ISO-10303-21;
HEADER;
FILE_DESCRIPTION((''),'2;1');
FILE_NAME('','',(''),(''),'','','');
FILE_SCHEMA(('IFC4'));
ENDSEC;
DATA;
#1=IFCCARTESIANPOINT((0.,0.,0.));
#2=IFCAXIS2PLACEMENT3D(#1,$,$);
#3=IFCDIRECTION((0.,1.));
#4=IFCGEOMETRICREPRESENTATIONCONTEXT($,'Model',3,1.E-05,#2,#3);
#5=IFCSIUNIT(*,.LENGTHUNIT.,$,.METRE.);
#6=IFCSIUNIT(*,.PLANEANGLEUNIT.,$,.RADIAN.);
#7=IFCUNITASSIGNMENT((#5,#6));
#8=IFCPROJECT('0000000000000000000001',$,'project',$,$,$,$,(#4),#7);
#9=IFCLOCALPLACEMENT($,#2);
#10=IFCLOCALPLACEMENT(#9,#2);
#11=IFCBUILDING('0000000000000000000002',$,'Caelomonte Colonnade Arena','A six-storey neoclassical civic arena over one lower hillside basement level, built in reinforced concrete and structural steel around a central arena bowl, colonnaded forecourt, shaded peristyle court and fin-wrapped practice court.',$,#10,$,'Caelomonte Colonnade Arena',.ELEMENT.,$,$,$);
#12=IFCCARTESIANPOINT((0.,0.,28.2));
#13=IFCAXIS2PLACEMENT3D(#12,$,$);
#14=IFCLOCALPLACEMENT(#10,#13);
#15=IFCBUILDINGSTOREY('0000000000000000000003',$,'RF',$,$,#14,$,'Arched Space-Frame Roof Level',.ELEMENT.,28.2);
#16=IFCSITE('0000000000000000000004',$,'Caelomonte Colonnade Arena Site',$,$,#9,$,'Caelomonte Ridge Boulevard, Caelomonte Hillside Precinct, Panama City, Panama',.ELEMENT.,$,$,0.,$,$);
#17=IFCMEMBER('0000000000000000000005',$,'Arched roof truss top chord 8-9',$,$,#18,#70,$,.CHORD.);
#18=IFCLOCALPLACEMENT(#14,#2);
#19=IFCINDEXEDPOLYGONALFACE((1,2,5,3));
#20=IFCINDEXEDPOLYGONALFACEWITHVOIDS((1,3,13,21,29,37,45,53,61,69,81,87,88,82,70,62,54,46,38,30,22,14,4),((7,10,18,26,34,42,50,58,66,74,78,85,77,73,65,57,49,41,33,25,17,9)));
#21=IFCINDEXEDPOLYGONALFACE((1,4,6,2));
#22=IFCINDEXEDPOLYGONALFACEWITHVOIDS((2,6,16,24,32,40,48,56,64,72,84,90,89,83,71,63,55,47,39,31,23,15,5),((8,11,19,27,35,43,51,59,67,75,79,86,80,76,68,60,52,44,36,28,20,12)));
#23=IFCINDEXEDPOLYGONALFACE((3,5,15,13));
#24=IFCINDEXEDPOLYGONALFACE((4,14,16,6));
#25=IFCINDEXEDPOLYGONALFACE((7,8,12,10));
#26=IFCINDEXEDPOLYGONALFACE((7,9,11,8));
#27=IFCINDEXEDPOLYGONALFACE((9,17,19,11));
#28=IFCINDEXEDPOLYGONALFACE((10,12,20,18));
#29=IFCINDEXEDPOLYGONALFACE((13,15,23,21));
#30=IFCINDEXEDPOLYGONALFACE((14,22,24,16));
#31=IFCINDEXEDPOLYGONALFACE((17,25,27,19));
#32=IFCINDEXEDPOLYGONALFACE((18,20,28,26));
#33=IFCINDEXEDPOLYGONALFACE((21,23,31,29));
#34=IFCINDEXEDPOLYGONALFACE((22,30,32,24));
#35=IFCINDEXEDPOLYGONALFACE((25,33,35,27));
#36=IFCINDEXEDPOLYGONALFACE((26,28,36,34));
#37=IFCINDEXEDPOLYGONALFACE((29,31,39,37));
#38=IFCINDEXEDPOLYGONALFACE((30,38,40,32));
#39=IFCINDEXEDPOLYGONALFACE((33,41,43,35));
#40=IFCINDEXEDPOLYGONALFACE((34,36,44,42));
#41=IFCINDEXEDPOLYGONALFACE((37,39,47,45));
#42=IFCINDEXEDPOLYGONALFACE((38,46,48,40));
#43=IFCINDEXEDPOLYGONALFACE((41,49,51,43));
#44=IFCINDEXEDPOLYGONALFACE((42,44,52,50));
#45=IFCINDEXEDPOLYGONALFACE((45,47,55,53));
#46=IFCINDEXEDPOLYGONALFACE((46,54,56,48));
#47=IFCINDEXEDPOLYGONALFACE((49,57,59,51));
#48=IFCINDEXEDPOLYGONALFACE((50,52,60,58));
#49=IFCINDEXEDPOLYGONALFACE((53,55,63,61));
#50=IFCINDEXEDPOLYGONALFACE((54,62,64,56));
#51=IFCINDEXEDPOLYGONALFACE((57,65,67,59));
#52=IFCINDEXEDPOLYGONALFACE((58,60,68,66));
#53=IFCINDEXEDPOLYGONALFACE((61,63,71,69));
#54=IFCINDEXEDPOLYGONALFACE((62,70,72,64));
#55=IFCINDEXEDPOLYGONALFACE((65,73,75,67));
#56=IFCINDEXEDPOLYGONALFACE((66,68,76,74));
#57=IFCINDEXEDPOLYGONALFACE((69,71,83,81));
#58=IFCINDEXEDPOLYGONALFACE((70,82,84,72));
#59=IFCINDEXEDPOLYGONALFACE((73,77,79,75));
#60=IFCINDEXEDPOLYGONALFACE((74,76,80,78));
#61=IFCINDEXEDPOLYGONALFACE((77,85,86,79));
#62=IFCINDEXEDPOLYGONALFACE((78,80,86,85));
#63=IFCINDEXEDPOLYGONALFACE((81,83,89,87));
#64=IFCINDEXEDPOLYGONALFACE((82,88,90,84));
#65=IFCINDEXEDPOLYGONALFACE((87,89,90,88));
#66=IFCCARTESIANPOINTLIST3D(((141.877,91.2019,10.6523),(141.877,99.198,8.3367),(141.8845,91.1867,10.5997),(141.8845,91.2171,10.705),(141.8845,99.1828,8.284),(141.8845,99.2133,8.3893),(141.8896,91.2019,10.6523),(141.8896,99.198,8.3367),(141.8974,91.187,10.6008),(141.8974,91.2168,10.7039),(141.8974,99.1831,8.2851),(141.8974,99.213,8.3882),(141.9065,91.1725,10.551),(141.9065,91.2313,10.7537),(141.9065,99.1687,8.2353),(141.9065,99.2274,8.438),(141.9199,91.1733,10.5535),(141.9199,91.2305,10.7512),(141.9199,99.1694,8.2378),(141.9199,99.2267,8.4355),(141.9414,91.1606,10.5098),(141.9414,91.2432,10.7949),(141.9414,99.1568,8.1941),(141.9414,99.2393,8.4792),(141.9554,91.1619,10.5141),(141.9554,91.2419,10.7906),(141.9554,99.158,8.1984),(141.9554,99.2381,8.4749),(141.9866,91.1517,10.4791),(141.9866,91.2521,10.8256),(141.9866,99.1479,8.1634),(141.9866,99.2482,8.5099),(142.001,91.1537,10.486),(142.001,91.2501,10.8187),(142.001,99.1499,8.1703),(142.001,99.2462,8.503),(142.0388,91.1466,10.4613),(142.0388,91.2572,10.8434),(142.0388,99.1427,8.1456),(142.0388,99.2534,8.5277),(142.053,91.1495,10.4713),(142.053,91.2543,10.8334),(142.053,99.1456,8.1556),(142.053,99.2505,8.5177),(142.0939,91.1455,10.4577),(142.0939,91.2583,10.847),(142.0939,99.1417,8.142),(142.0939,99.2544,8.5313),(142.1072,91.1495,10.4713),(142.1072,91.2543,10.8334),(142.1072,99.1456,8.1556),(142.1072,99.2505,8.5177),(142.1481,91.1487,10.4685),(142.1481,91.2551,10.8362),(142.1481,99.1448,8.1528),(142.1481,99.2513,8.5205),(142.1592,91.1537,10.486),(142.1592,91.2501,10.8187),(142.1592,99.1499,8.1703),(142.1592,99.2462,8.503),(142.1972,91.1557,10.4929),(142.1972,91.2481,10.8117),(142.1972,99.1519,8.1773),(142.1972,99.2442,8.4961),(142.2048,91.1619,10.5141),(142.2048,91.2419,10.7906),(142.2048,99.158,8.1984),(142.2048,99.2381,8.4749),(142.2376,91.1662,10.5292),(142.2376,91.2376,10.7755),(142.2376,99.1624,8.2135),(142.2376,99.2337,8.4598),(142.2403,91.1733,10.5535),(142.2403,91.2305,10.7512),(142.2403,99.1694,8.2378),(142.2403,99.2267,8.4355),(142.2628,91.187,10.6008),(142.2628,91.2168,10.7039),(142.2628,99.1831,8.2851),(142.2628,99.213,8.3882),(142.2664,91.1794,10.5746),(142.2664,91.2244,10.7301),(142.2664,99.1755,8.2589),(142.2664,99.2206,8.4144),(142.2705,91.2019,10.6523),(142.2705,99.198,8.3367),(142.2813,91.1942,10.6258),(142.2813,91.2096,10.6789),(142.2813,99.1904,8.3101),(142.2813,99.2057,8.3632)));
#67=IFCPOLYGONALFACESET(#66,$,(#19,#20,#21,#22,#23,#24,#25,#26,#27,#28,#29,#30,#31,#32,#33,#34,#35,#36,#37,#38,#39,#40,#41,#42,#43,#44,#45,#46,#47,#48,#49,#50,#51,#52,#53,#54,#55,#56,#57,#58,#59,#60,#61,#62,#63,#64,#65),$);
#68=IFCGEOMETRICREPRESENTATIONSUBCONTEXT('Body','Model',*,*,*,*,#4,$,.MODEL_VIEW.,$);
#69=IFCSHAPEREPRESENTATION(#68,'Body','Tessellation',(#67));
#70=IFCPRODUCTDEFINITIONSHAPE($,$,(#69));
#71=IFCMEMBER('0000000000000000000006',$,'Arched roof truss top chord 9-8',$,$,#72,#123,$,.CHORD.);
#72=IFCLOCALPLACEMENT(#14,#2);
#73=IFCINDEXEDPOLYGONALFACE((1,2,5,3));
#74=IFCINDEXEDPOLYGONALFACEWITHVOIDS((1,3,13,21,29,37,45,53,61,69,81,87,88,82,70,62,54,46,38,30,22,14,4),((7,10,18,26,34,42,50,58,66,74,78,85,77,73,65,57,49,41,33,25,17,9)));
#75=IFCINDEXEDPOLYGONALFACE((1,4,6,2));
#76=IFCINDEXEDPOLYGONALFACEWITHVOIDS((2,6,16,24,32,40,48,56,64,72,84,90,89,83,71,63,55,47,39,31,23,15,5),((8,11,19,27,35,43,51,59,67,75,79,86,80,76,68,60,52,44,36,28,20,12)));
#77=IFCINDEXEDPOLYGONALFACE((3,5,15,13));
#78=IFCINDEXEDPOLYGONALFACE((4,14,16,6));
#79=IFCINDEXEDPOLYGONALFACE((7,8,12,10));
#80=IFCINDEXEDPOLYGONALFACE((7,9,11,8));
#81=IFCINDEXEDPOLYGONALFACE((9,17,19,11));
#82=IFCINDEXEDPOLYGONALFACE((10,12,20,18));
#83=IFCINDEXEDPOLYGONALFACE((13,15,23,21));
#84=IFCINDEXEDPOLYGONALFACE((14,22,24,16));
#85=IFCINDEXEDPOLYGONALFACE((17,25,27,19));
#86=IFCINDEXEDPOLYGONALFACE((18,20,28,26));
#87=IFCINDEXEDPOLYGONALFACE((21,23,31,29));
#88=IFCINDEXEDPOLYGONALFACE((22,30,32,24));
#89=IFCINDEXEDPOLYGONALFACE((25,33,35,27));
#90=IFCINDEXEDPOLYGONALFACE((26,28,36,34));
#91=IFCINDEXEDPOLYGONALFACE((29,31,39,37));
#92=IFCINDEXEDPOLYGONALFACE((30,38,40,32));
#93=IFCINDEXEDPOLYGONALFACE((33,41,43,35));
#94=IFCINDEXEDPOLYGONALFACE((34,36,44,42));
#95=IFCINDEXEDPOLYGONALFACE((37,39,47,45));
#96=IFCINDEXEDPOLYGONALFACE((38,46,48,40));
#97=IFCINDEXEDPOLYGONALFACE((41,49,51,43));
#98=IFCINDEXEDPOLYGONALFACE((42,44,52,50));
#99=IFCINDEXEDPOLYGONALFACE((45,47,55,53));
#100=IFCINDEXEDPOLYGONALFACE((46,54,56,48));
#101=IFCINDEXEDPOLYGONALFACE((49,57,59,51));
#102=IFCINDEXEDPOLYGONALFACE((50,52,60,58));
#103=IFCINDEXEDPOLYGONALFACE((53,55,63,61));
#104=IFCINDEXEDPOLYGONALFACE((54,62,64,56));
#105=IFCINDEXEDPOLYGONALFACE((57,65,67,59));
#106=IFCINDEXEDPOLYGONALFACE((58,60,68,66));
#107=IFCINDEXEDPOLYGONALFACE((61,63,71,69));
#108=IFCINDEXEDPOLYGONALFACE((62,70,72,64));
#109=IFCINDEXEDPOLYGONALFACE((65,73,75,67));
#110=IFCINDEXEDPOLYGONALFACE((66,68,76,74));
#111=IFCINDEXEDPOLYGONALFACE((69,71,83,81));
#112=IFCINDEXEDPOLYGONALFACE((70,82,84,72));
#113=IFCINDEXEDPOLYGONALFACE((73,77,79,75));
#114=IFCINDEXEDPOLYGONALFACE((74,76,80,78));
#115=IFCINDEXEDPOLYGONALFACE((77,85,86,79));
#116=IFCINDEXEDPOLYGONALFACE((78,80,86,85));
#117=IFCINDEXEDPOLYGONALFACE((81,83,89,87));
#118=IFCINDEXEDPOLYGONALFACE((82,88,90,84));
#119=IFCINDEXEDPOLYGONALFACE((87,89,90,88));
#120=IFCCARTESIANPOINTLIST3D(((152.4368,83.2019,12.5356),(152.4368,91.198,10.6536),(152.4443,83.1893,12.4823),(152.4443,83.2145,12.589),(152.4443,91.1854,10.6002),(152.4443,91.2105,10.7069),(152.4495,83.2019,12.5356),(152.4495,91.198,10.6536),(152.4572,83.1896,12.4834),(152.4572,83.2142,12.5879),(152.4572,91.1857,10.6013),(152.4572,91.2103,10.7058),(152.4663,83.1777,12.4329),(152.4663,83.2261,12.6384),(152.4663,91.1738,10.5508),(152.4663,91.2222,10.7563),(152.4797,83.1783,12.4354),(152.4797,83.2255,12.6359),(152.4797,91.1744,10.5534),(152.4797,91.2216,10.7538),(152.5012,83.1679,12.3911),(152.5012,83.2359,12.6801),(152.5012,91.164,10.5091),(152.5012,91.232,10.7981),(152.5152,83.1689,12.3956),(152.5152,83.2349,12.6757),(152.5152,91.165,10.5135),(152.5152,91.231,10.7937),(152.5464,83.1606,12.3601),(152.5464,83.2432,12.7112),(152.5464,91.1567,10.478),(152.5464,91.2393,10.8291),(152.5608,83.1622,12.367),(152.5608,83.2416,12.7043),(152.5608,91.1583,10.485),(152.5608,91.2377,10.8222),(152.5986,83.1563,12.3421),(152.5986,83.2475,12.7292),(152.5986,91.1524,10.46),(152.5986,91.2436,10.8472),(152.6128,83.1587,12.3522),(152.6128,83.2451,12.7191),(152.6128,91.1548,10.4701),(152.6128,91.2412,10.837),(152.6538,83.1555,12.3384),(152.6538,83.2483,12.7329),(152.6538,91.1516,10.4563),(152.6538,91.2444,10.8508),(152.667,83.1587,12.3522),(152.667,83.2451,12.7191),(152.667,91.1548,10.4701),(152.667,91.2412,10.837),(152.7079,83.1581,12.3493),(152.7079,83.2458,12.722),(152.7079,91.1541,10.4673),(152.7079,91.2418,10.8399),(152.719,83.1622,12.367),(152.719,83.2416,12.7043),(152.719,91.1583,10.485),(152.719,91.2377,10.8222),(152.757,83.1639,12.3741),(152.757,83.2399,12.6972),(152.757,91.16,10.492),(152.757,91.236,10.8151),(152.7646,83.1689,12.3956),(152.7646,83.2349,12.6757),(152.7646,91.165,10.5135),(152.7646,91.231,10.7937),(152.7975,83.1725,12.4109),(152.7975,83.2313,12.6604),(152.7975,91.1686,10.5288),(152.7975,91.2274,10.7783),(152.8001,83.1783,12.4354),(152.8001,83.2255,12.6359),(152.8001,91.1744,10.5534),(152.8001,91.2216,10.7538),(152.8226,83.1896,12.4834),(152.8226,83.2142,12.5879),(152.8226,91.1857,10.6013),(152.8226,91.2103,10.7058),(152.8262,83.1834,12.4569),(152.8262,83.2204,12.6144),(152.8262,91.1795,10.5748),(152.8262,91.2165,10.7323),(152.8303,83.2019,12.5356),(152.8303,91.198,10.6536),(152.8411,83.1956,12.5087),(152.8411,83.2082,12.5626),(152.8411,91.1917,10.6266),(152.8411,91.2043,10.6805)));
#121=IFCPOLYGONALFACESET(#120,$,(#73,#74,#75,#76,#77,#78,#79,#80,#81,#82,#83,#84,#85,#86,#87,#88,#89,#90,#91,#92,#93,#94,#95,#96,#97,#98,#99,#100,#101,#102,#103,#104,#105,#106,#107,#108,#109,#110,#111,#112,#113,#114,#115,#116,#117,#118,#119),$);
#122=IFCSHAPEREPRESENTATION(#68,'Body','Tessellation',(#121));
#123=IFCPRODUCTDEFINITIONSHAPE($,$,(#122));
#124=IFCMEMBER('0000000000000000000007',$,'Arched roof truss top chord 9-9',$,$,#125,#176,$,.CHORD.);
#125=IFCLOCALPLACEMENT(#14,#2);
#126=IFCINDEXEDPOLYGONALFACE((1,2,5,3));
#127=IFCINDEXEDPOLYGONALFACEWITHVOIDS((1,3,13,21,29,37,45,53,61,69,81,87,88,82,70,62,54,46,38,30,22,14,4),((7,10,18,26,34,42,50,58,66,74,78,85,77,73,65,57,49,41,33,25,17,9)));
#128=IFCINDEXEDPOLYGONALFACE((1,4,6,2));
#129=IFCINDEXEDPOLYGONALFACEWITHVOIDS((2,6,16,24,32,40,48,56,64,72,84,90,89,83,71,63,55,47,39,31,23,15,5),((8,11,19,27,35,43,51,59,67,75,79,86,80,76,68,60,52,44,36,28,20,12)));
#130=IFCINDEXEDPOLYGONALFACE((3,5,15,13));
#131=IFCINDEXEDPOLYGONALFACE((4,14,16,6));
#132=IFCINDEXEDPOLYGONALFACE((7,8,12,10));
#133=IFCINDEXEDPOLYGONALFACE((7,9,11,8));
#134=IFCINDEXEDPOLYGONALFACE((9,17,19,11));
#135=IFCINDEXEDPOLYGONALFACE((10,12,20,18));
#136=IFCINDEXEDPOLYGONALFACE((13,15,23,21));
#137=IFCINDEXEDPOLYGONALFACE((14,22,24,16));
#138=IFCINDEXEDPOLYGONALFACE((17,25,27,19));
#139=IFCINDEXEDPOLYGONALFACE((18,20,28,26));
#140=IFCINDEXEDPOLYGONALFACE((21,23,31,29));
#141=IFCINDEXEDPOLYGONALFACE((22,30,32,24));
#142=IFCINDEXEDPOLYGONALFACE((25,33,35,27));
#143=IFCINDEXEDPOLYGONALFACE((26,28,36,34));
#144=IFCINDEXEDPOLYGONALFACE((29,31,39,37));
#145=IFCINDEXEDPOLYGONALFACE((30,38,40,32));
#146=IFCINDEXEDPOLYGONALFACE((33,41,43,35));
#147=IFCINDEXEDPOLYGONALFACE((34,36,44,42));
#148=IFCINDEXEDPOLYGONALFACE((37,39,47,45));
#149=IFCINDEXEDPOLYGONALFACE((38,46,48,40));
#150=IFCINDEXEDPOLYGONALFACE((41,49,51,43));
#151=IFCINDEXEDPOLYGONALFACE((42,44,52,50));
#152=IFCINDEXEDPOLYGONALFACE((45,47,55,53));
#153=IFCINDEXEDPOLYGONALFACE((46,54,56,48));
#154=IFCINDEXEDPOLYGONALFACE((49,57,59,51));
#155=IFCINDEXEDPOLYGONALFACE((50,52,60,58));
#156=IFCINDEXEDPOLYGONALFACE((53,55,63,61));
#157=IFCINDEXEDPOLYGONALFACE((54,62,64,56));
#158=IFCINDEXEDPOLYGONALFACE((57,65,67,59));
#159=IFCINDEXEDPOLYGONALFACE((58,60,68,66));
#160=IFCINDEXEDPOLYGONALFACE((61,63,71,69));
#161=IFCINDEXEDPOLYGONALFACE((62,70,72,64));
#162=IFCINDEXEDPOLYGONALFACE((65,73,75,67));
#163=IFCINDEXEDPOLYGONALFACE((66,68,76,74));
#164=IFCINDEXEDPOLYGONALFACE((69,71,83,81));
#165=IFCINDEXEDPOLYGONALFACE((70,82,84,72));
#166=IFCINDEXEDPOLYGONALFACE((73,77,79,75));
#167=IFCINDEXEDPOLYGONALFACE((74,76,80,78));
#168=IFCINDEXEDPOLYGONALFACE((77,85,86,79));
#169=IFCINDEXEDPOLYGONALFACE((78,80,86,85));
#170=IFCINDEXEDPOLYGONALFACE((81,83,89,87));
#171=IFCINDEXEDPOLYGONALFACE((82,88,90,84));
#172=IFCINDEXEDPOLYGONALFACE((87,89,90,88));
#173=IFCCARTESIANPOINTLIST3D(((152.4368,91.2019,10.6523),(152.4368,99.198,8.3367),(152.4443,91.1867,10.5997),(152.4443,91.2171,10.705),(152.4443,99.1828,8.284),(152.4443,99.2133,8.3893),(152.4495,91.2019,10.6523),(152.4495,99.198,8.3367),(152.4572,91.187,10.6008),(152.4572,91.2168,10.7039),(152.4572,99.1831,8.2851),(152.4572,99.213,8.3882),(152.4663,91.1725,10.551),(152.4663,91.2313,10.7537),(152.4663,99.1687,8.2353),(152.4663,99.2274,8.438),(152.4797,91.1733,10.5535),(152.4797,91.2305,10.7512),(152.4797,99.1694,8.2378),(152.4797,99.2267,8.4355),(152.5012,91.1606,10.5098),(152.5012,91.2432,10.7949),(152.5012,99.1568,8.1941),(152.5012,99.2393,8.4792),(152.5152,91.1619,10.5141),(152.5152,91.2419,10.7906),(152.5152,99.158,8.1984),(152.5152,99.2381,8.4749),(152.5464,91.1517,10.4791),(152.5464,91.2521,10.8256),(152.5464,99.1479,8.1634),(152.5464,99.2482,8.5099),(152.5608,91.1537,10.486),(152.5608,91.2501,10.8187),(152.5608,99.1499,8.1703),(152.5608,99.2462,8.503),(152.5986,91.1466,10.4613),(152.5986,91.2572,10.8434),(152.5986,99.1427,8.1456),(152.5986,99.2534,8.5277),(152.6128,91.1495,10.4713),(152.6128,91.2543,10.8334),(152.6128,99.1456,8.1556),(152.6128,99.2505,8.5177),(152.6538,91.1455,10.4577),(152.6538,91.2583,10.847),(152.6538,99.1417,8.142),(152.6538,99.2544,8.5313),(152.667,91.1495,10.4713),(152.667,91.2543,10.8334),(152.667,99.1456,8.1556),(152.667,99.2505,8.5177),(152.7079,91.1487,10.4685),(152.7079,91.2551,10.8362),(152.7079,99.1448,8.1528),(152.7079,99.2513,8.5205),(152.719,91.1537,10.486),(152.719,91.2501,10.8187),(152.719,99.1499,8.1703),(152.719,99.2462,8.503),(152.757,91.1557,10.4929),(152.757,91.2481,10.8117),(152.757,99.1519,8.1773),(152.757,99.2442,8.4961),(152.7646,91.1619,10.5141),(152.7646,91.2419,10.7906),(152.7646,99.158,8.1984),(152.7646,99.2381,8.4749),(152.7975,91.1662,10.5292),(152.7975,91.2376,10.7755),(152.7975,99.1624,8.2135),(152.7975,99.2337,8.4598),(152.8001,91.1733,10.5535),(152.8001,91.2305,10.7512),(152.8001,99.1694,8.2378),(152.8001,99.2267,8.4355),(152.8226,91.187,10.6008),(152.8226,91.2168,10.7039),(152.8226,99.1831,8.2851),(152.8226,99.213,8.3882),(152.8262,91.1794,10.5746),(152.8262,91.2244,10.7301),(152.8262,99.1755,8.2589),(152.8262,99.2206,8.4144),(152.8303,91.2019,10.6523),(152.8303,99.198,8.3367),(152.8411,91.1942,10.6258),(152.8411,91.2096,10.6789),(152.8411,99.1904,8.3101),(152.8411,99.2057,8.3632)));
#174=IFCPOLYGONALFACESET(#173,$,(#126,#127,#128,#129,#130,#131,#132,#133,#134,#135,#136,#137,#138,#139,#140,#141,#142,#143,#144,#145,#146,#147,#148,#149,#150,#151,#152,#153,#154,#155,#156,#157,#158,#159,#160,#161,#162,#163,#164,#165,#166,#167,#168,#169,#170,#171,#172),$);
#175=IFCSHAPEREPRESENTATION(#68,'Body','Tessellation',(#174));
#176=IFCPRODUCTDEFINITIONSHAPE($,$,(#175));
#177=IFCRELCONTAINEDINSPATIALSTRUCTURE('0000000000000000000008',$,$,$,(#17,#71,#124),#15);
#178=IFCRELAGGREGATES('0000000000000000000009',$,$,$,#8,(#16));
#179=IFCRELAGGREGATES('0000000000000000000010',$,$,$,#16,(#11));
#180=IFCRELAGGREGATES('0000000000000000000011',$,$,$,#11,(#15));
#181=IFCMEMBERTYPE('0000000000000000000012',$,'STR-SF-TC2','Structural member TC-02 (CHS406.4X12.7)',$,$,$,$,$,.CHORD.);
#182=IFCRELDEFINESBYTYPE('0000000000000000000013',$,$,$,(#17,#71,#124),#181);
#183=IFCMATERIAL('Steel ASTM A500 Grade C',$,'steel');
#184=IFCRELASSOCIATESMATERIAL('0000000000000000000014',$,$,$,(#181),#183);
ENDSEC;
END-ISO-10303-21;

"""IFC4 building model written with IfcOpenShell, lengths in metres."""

from ifc_helpers import new_model, si_unit, direction, frame, origin, origin_2d, place, context, subcontext, project, spatial, hollow_circle, extrude, material, material_profile, profile_set, type_object, element, save


model = new_model("IFC4")

# Units and contexts
model_context = context("Model", 3, precision=1e-05, world=origin(), true_north=direction((0.0, 1.0)))
body_context = subcontext(model_context, "Body", "Model", "MODEL_VIEW")
ifc_project = project(units=[si_unit("LENGTHUNIT", "METRE"), si_unit("PLANEANGLEUNIT", "RADIAN")], contexts=[model_context])

# Site, building, storey
site_placement = place(None, origin())
site = spatial("IfcSite", under=ifc_project, at=site_placement, Name="Caelomonte Colonnade Arena Site", LongName="Caelomonte Ridge Boulevard, Caelomonte Hillside Precinct, Panama City, Panama", CompositionType="ELEMENT", RefElevation=0.0)
building_placement = place(site_placement, origin())
building = spatial("IfcBuilding", under=site, at=building_placement, Name="Caelomonte Colonnade Arena", Description="A six-storey neoclassical civic arena over one lower hillside basement level, built in reinforced concrete and structural steel around a central arena bowl, colonnaded forecourt, shaded peristyle court and fin-wrapped practice court.", LongName="Caelomonte Colonnade Arena", CompositionType="ELEMENT")
storey_placement = place(building_placement, frame((0.0, 0.0, 28.2)))
storey = spatial("IfcBuildingStorey", under=building, at=storey_placement, Name="RF", LongName="Arched Space-Frame Roof Level", CompositionType="ELEMENT", Elevation=28.2)

# Members
ifc_material_1 = material(Name="Steel ASTM A500 Grade C", Category="steel")
ifc_material_profile_1 = material_profile(ifc_material_1, hollow_circle(Radius=0.2031, WallThickness=0.0127, at=origin_2d()), Name="CHS406.4X12.7")
ifc_profile_set_1 = profile_set([ifc_material_profile_1], Name="Steel ASTM A500 Grade C")
member_type_1 = type_object("IfcMemberType", Name="STR-SF-TC2", Description="Structural member TC-02 (CHS406.4X12.7)", PredefinedType="CHORD", material=ifc_profile_set_1)
member_1_placement = place(storey_placement, frame((142.0801, 91.2019, 10.6523), z_axis=(0.0, 0.960532, -0.278171), x_axis=(-1.0, 0.0, 0.0)))
element("IfcMember", 1, at=member_1_placement, inside=storey, type_object=member_type_1, Name="Arched roof truss top chord 8-9", PredefinedType="CHORD", context=body_context, shape_type="SweptSolid", body=[
    extrude(hollow_circle(Radius=0.2031, WallThickness=0.0127, at=origin_2d()), origin(), (0.0, 0.0, 1.0), 8.3247),
])
member_2_placement = place(storey_placement, frame((152.6399, 83.2019, 12.5356), z_axis=(0.0, 0.9734, -0.229114), x_axis=(-1.0, 0.0, 0.0)))
element("IfcMember", 2, at=member_2_placement, inside=storey, type_object=member_type_1, Name="Arched roof truss top chord 9-8", PredefinedType="CHORD", context=body_context, shape_type="SweptSolid", body=[
    extrude(hollow_circle(Radius=0.2031, WallThickness=0.0127, at=origin_2d()), origin(), (0.0, 0.0, 1.0), 8.2146),
])
member_3_placement = place(storey_placement, frame((152.6399, 91.2019, 10.6523), z_axis=(0.0, 0.960532, -0.278171), x_axis=(-1.0, 0.0, 0.0)))
element("IfcMember", 3, at=member_3_placement, inside=storey, type_object=member_type_1, Name="Arched roof truss top chord 9-9", PredefinedType="CHORD", context=body_context, shape_type="SweptSolid", body=[
    extrude(hollow_circle(Radius=0.2031, WallThickness=0.0127, at=origin_2d()), origin(), (0.0, 0.0, 1.0), 8.3247),
])

save(model, "model.ifc")
